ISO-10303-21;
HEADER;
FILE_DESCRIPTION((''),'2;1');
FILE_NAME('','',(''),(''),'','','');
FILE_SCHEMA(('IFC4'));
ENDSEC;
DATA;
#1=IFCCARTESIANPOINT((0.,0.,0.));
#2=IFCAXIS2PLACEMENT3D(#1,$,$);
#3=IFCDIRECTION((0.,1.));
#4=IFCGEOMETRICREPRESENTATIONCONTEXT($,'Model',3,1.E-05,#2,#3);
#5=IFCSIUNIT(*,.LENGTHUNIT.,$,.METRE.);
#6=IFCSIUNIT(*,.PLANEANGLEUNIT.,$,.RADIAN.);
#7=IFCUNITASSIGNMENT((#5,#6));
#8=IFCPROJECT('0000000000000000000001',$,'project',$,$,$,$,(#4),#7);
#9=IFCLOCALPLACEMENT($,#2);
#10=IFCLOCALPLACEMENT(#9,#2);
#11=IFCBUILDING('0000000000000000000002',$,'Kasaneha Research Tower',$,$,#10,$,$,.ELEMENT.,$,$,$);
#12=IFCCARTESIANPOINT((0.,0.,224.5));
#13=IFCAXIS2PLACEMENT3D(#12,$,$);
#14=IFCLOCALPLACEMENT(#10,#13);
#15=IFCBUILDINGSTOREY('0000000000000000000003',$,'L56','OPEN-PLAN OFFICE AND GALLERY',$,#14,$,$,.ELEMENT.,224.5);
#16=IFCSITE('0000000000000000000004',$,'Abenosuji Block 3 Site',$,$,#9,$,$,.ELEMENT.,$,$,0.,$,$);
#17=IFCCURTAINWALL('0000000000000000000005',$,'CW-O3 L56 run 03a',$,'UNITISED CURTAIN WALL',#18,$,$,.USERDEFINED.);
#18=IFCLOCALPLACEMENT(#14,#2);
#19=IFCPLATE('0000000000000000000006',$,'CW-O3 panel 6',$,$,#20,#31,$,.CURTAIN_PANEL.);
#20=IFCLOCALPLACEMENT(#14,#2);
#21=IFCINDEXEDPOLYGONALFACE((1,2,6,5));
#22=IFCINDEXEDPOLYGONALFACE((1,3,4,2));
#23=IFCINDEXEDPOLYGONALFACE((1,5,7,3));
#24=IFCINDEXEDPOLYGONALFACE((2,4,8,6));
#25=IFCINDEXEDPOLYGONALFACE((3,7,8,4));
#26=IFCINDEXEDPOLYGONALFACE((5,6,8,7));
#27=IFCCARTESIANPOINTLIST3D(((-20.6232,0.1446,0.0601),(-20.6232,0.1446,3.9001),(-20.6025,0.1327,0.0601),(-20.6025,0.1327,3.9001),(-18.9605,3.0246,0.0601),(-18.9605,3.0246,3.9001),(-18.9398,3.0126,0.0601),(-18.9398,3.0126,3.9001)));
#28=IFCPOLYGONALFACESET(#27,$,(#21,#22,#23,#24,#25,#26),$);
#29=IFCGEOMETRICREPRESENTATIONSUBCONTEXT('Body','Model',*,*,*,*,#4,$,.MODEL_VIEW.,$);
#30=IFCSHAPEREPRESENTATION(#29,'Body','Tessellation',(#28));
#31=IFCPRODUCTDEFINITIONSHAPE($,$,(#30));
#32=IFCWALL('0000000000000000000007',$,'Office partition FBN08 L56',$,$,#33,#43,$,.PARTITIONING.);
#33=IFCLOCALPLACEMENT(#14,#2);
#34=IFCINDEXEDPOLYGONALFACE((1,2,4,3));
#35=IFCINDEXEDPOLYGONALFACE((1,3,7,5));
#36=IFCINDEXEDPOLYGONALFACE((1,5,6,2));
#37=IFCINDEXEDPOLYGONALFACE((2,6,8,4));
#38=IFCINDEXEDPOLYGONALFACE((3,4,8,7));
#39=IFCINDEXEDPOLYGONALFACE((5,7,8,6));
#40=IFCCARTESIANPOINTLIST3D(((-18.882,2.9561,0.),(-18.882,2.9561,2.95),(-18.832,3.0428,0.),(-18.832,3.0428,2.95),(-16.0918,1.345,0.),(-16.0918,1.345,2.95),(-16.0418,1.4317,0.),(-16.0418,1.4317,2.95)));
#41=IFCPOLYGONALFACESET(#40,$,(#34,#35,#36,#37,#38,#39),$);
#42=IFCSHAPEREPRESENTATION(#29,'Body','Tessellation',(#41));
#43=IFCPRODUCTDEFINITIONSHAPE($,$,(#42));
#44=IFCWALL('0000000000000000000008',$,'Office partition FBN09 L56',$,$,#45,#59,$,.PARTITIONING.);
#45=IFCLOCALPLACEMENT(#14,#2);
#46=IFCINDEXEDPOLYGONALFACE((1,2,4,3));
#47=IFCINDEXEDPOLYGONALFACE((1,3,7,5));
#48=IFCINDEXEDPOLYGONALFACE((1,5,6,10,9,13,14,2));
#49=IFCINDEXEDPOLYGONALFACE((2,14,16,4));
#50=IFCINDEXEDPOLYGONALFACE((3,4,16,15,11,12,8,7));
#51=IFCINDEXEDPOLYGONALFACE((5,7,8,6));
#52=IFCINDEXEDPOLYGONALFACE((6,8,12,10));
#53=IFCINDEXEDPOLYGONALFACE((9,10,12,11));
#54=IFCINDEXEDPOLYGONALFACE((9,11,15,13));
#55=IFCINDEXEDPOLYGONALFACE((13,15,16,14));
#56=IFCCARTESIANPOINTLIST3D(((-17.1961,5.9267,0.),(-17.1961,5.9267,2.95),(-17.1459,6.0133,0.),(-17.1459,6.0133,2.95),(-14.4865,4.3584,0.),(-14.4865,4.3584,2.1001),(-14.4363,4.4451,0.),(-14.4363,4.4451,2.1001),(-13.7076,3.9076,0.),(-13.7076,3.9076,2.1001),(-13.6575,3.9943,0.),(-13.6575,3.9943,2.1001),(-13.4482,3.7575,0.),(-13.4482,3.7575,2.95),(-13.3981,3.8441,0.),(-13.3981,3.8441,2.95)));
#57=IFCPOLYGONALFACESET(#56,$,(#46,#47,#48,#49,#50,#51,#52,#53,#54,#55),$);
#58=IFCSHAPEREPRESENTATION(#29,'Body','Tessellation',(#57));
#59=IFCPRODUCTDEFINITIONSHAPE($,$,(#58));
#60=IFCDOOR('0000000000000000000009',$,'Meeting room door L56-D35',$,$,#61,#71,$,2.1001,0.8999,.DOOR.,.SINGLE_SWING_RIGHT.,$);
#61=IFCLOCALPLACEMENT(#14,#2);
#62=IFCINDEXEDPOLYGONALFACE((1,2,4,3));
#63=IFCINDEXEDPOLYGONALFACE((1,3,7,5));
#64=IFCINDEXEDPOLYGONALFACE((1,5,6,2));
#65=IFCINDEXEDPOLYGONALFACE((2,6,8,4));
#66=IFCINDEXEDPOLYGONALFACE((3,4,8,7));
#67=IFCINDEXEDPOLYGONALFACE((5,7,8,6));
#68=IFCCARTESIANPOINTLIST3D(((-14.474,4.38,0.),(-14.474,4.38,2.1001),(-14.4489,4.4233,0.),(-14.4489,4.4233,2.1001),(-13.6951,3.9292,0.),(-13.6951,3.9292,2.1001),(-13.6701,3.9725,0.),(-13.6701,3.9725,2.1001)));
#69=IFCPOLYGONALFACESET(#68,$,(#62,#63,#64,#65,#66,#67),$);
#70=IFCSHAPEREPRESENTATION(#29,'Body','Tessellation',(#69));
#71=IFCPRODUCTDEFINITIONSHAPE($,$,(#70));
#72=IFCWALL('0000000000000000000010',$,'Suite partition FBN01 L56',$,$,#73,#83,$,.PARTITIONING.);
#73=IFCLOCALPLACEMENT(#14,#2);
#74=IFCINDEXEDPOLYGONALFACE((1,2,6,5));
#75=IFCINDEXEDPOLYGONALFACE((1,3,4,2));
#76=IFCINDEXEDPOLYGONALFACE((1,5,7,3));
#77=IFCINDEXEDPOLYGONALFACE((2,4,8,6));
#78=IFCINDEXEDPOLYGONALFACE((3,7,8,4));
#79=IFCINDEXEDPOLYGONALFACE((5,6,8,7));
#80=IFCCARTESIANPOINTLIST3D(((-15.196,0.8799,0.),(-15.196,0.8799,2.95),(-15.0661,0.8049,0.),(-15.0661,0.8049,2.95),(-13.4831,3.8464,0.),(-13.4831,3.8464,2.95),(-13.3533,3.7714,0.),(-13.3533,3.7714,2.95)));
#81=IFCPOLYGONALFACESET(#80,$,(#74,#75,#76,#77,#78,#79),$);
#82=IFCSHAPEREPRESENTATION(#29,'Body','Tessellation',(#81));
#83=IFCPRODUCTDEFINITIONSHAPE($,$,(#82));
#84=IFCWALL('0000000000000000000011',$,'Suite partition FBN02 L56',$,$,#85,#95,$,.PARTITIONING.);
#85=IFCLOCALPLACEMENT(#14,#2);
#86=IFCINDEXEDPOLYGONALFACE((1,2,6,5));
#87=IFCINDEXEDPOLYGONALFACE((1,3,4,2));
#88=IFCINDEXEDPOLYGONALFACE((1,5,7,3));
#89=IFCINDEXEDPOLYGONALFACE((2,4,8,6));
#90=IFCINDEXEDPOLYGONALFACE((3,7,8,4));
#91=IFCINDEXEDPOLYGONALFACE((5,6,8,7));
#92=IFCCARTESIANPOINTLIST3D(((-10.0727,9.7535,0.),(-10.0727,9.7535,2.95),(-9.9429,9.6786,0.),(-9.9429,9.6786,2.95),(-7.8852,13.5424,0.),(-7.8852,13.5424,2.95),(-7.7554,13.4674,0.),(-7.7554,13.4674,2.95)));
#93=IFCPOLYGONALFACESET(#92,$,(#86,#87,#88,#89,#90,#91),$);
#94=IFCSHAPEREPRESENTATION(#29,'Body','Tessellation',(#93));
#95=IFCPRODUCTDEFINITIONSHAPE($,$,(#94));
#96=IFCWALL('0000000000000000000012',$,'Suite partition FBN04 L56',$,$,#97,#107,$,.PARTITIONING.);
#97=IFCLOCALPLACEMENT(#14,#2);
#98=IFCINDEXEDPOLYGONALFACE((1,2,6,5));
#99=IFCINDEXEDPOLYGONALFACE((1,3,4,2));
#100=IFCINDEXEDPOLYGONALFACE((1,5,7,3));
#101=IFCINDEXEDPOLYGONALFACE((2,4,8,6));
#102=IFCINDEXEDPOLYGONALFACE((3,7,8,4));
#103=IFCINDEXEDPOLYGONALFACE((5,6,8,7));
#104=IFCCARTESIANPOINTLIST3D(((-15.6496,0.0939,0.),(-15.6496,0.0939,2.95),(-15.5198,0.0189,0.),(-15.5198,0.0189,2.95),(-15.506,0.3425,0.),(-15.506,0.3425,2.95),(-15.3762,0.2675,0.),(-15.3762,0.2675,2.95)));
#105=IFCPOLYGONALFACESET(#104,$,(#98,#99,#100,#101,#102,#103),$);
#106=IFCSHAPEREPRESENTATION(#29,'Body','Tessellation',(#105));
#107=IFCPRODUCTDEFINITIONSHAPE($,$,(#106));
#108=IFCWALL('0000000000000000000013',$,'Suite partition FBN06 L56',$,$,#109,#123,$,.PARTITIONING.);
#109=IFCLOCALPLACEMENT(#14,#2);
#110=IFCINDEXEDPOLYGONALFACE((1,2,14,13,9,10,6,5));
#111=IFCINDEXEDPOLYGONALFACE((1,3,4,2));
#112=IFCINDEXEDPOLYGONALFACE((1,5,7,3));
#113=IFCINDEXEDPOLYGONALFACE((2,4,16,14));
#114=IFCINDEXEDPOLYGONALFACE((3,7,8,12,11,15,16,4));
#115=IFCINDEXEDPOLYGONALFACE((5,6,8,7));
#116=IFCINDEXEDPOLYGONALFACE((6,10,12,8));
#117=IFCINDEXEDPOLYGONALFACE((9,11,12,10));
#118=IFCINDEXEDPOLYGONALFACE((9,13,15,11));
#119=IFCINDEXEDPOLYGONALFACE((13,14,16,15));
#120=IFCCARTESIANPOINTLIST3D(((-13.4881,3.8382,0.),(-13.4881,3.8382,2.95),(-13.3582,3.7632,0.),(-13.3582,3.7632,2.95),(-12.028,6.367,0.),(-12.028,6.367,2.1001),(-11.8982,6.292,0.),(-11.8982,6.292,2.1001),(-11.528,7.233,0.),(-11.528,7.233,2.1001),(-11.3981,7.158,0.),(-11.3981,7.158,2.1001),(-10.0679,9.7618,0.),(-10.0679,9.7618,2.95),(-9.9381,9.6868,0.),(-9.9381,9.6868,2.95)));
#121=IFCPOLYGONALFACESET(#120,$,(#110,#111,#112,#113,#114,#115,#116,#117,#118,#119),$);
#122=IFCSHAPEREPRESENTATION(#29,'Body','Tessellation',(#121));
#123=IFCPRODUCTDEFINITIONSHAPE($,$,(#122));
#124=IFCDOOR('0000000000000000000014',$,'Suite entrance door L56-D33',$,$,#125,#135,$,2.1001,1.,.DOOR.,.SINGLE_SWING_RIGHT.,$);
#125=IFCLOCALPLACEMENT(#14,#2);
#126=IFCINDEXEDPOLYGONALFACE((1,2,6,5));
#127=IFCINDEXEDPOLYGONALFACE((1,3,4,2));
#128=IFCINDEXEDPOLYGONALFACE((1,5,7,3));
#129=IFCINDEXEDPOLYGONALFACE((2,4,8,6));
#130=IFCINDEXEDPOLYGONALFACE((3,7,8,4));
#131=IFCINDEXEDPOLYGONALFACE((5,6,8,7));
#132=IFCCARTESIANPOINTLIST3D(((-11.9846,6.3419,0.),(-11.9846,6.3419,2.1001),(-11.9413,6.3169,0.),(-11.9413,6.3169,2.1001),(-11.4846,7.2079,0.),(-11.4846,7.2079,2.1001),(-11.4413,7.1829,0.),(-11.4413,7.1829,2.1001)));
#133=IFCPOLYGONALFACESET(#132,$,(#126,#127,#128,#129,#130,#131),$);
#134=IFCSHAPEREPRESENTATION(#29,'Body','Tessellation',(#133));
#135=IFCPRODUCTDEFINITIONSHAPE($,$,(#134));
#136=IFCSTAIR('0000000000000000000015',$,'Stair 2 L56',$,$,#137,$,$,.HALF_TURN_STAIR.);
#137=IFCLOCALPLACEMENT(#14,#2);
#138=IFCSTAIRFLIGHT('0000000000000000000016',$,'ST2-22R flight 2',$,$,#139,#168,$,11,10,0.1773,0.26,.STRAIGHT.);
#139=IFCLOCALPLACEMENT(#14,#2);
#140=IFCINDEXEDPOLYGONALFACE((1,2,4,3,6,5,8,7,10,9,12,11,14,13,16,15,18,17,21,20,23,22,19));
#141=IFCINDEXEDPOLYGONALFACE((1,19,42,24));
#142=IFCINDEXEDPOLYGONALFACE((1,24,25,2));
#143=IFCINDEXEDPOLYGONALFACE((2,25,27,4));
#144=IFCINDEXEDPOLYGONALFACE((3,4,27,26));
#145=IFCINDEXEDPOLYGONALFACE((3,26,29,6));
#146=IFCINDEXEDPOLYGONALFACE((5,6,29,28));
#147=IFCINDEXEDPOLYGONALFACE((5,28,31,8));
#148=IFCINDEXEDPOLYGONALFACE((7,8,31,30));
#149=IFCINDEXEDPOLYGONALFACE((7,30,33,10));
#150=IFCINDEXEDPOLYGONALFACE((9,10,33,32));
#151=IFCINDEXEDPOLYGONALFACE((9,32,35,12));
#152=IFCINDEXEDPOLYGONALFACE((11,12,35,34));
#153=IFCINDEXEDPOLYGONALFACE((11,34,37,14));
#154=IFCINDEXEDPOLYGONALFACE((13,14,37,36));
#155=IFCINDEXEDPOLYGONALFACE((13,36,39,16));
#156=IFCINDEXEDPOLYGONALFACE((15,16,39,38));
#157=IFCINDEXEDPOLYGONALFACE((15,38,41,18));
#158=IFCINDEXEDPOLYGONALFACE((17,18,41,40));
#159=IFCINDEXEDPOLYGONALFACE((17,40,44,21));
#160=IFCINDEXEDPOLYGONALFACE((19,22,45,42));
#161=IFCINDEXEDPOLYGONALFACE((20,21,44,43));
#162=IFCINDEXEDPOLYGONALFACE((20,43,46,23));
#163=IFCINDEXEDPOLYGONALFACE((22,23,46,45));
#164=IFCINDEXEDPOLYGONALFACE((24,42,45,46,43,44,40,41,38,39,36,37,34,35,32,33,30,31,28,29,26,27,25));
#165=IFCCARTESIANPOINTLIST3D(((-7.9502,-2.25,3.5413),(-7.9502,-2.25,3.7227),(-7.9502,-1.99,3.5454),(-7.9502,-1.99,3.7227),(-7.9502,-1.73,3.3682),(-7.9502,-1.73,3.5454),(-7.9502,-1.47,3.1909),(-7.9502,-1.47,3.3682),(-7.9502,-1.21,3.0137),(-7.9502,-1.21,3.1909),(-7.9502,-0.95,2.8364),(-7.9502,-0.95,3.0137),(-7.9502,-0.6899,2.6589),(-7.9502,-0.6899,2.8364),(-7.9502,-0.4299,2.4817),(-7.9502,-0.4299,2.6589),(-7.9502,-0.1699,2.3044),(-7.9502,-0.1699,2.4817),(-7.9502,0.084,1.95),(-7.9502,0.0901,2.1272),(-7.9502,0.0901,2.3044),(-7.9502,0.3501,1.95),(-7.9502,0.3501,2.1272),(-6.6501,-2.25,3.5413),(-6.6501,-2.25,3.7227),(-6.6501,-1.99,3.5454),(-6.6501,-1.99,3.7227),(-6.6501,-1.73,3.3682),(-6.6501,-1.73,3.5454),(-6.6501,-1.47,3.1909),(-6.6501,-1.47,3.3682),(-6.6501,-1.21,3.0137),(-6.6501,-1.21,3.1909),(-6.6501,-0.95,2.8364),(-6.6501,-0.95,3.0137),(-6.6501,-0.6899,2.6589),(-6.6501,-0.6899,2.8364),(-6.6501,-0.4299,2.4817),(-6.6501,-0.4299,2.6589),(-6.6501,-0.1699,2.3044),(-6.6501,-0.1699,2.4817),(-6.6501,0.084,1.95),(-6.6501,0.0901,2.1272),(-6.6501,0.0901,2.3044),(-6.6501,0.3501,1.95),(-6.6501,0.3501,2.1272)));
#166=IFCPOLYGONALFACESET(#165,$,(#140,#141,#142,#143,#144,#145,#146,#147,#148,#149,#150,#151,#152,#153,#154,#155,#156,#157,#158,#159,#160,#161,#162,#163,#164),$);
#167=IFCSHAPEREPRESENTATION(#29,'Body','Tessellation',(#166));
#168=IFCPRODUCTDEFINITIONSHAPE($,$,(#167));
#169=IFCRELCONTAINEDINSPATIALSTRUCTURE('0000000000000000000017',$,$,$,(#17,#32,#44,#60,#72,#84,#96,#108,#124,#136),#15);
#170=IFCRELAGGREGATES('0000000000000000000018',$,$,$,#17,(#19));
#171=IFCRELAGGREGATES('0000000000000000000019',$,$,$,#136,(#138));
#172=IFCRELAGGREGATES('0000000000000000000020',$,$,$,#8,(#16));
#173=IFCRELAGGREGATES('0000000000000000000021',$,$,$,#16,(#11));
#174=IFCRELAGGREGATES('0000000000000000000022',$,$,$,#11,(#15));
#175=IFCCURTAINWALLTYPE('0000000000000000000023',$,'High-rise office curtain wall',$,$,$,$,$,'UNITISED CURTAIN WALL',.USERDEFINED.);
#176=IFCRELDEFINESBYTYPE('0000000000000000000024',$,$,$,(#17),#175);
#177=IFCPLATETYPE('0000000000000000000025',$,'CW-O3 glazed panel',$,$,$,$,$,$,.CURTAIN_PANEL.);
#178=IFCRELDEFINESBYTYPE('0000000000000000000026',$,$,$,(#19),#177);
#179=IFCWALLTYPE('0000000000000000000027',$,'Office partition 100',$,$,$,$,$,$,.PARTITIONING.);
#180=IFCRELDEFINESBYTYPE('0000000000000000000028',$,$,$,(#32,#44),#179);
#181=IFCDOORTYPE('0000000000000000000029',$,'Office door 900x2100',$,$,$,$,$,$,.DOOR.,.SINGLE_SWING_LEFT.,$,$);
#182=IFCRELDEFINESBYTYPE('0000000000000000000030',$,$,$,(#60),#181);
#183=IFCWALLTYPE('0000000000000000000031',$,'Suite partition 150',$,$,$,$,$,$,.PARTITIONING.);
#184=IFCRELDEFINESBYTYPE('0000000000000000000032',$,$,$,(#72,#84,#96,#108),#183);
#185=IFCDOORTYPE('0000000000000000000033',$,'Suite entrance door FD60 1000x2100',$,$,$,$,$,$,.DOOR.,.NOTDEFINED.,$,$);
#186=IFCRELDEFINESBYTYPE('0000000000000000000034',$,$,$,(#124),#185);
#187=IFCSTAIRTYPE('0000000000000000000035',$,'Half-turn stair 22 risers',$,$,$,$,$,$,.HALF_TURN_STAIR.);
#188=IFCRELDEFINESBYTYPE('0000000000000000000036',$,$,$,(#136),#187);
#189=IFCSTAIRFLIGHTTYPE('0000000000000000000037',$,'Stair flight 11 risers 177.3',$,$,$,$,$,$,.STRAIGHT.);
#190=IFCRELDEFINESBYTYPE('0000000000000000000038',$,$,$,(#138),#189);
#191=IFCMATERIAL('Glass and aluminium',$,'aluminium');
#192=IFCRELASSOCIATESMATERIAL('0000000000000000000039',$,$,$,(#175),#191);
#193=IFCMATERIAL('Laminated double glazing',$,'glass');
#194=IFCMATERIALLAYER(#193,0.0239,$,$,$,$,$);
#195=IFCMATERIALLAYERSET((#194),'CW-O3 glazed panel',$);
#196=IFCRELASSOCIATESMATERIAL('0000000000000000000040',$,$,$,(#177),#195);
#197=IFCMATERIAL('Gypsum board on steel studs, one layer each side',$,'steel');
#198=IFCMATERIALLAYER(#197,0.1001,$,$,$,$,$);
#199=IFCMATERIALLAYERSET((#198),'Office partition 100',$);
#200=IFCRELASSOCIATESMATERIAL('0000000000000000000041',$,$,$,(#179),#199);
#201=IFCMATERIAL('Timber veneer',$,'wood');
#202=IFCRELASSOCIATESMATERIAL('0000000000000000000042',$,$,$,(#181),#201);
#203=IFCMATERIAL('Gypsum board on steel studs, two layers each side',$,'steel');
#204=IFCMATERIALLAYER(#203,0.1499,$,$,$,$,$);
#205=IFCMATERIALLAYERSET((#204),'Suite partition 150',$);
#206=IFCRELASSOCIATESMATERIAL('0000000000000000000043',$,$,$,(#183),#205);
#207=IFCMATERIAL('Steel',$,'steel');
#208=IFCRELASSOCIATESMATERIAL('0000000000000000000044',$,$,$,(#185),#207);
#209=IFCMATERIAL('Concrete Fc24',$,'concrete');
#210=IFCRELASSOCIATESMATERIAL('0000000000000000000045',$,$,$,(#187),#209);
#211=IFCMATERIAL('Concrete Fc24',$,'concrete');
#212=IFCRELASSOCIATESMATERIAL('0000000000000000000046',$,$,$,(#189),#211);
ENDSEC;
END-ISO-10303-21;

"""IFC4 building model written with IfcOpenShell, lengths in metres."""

from ifc_helpers import new_model, si_unit, direction, frame, frame_2d, origin, origin_2d, place, context, subcontext, project, spatial, polyline, rectangle, outline, extrude, material, layer, layer_set, type_object, element, fill, aggregate, save


model = new_model("IFC4")

# Units and contexts
model_context = context("Model", 3, precision=1e-05, world=origin(), true_north=direction((0.0, 1.0)))
body_context = subcontext(model_context, "Body", "Model", "MODEL_VIEW")
ifc_project = project(units=[si_unit("LENGTHUNIT", "METRE"), si_unit("PLANEANGLEUNIT", "RADIAN")], contexts=[model_context])

# Site, building, storey
site_placement = place(None, origin())
site = spatial("IfcSite", under=ifc_project, at=site_placement, Name="Abenosuji Block 3 Site", CompositionType="ELEMENT", RefElevation=0.0)
building_placement = place(site_placement, origin())
building = spatial("IfcBuilding", under=site, at=building_placement, Name="Kasaneha Research Tower", CompositionType="ELEMENT")
storey_placement = place(building_placement, frame((0.0, 0.0, 224.5)))
storey = spatial("IfcBuildingStorey", under=building, at=storey_placement, Name="L56", Description="OPEN-PLAN OFFICE AND GALLERY", CompositionType="ELEMENT", Elevation=224.5)

# Curtain wall
ifc_material_1 = material(Name="Glass and aluminium", Category="aluminium")
curtain_wall_type = type_object("IfcCurtainWallType", Name="High-rise office curtain wall", ElementType="UNITISED CURTAIN WALL", PredefinedType="USERDEFINED", material=ifc_material_1)
curtain_wall_placement = place(storey_placement, origin())
curtain_wall = element("IfcCurtainWall", 1, at=curtain_wall_placement, inside=storey, type_object=curtain_wall_type, Name="CW-O3 L56 run 03a", ObjectType="UNITISED CURTAIN WALL", PredefinedType="USERDEFINED")

# Plate
ifc_material_2 = material(Name="Laminated double glazing", Category="glass")
ifc_layer_1 = layer(ifc_material_2, 0.0239)
ifc_layer_set_1 = layer_set([ifc_layer_1], Name="CW-O3 glazed panel")
plate_type = type_object("IfcPlateType", Name="CW-O3 glazed panel", PredefinedType="CURTAIN_PANEL", material=ifc_layer_set_1)
plate_1_placement = place(storey_placement, frame((-19.7815, 1.5786, 0.0601), z_axis=(0.0, 0.0, 1.0), x_axis=(-0.5, -0.866025, 0.0)))
plate_1 = element("IfcPlate", 2, at=plate_1_placement, type_object=plate_type, Name="CW-O3 panel 6", PredefinedType="CURTAIN_PANEL", context=body_context, shape_type="SweptSolid", body=[
    extrude(rectangle(XDim=3.3254, YDim=0.0239, at=origin_2d()), origin(), (0.0, 0.0, 1.0), 3.8401),
])
aggregate(curtain_wall, [plate_1])

# Wall
ifc_material_3 = material(Name="Gypsum board on steel studs, one layer each side", Category="steel")
ifc_layer_2 = layer(ifc_material_3, 0.1001)
ifc_layer_set_2 = layer_set([ifc_layer_2], Name="Office partition 100")
wall_type_1 = type_object("IfcWallType", Name="Office partition 100", PredefinedType="PARTITIONING", material=ifc_layer_set_2)
wall_1_placement = place(storey_placement, frame((-16.0669, 1.3884, 0.0), z_axis=(0.0, 0.0, 1.0), x_axis=(-0.86601, 0.500026, 0.0)))
element("IfcWall", 3, at=wall_1_placement, inside=storey, type_object=wall_type_1, Name="Office partition FBN08 L56", PredefinedType="PARTITIONING", context=body_context, shape_type="SweptSolid", body=[
    extrude(rectangle(XDim=3.2219, YDim=0.1001, at=frame_2d((1.6108, 0.0))), origin(), (0.0, 0.0, 1.0), 2.95),
])

# Wall, opening, door
wall_2_placement = place(storey_placement, frame((-17.1709, 5.97, 0.0), z_axis=(0.0, 0.0, 1.0), x_axis=(0.865485, -0.500934, 0.0)))
wall_2 = element("IfcWall", 4, at=wall_2_placement, inside=storey, type_object=wall_type_1, Name="Office partition FBN09 L56", PredefinedType="PARTITIONING", context=body_context, shape_type="SweptSolid", body=[
    extrude(rectangle(XDim=4.3303, YDim=0.1001, at=frame_2d((2.165, 0.0))), origin(), (0.0, 0.0, 1.0), 2.95),
])
opening_1_placement = place(wall_2_placement, frame((3.1306, 0.0, 0.0)))
opening_1 = element("IfcOpeningElement", 5, at=opening_1_placement, cuts=wall_2, PredefinedType="OPENING", context=body_context, shape_type="SweptSolid", body=[
    extrude(rectangle(XDim=0.8999, YDim=2.1001, at=frame_2d((0.45, 1.05))), frame((0.0, 0.0601, 0.0), z_axis=(0.0, -1.0, 0.0), x_axis=(1.0, 0.0, 0.0)), (0.0, 0.0, 1.0), 0.1201),
])
ifc_material_4 = material(Name="Timber veneer", Category="wood")
door_type_1 = type_object("IfcDoorType", Name="Office door 900x2100", OperationType="SINGLE_SWING_LEFT", PredefinedType="DOOR", material=ifc_material_4)
door_1_placement = place(opening_1_placement, origin())
door_1 = element("IfcDoor", 6, at=door_1_placement, inside=storey, type_object=door_type_1, Name="Meeting room door L56-D35", OperationType="SINGLE_SWING_RIGHT", OverallHeight=2.1001, OverallWidth=0.8999, PredefinedType="DOOR", context=body_context, shape_type="SweptSolid", body=[
    extrude(rectangle(XDim=0.8999, YDim=2.1001, at=frame_2d((0.45, 1.05))), frame((0.0, 0.0249, 0.0), z_axis=(0.0, -1.0, 0.0), x_axis=(1.0, 0.0, 0.0)), (0.0, 0.0, 1.0), 0.05),
])
fill(opening_1, door_1)

# Walls
ifc_material_5 = material(Name="Gypsum board on steel studs, two layers each side", Category="steel")
ifc_layer_3 = layer(ifc_material_5, 0.1499)
ifc_layer_set_3 = layer_set([ifc_layer_3], Name="Suite partition 150")
wall_type_2 = type_object("IfcWallType", Name="Suite partition 150", PredefinedType="PARTITIONING", material=ifc_layer_set_3)
wall_3_placement = place(storey_placement, frame((-15.1311, 0.8423, 0.0), z_axis=(0.0, 0.0, 1.0), x_axis=(0.500033, 0.866006, 0.0)))
element("IfcWall", 7, at=wall_3_placement, inside=storey, type_object=wall_type_2, Name="Suite partition FBN01 L56", PredefinedType="PARTITIONING", context=body_context, shape_type="SweptSolid", body=[
    extrude(rectangle(XDim=3.4255, YDim=0.1499, at=frame_2d((1.7129, 0.0))), origin(), (0.0, 0.0, 1.0), 2.95),
])
wall_4_placement = place(storey_placement, frame((-10.0078, 9.7161, 0.0), z_axis=(0.0, 0.0, 1.0), x_axis=(0.500004, 0.866023, 0.0)))
element("IfcWall", 8, at=wall_4_placement, inside=storey, type_object=wall_type_2, Name="Suite partition FBN02 L56", PredefinedType="PARTITIONING", context=body_context, shape_type="SweptSolid", body=[
    extrude(rectangle(XDim=4.375, YDim=0.1499, at=frame_2d((2.1875, 0.0))), origin(), (0.0, 0.0, 1.0), 2.95),
])
wall_5_placement = place(storey_placement, frame((-15.5847, 0.0564, 0.0), z_axis=(0.0, 0.0, 1.0), x_axis=(0.500164, 0.865931, 0.0)))
element("IfcWall", 9, at=wall_5_placement, inside=storey, type_object=wall_type_2, Name="Suite partition FBN04 L56", PredefinedType="PARTITIONING", context=body_context, shape_type="SweptSolid", body=[
    extrude(rectangle(XDim=0.2871, YDim=0.1499, at=frame_2d((0.1436, 0.0))), origin(), (0.0, 0.0, 1.0), 2.95),
])

# Wall, opening, door
wall_6_placement = place(storey_placement, frame((-13.4231, 3.8008, 0.0), z_axis=(0.0, 0.0, 1.0), x_axis=(0.50002, 0.866014, 0.0)))
wall_6 = element("IfcWall", 10, at=wall_6_placement, inside=storey, type_object=wall_type_2, Name="Suite partition FBN06 L56", PredefinedType="PARTITIONING", context=body_context, shape_type="SweptSolid", body=[
    extrude(rectangle(XDim=6.8401, YDim=0.1499, at=frame_2d((3.4199, 0.0))), origin(), (0.0, 0.0, 1.0), 2.95),
])
opening_2_placement = place(wall_6_placement, frame((2.9199, 0.0, 0.0)))
opening_2 = element("IfcOpeningElement", 11, at=opening_2_placement, cuts=wall_6, PredefinedType="OPENING", context=body_context, shape_type="SweptSolid", body=[
    extrude(rectangle(XDim=1.0, YDim=2.1001, at=frame_2d((0.5, 1.05))), frame((0.0, 0.085, 0.0), z_axis=(0.0, -1.0, 0.0), x_axis=(1.0, 0.0, 0.0)), (0.0, 0.0, 1.0), 0.1699),
])
ifc_material_6 = material(Name="Steel", Category="steel")
door_type_2 = type_object("IfcDoorType", Name="Suite entrance door FD60 1000x2100", OperationType="NOTDEFINED", PredefinedType="DOOR", material=ifc_material_6)
door_2_placement = place(opening_2_placement, origin())
door_2 = element("IfcDoor", 12, at=door_2_placement, inside=storey, type_object=door_type_2, Name="Suite entrance door L56-D33", OperationType="SINGLE_SWING_RIGHT", OverallHeight=2.1001, OverallWidth=1.0, PredefinedType="DOOR", context=body_context, shape_type="SweptSolid", body=[
    extrude(rectangle(XDim=1.0, YDim=2.1001, at=frame_2d((0.5, 1.05))), frame((0.0, 0.0249, 0.0), z_axis=(0.0, -1.0, 0.0), x_axis=(1.0, 0.0, 0.0)), (0.0, 0.0, 1.0), 0.05),
])
fill(opening_2, door_2)

# Stair, stair flight
ifc_material_7 = material(Name="Concrete Fc24", Category="concrete")
stair_type = type_object("IfcStairType", Name="Half-turn stair 22 risers", PredefinedType="HALF_TURN_STAIR", material=ifc_material_7)
stair_placement = place(storey_placement, origin())
stair = element("IfcStair", 13, at=stair_placement, inside=storey, type_object=stair_type, Name="Stair 2 L56", PredefinedType="HALF_TURN_STAIR")
ifc_material_8 = material(Name="Concrete Fc24", Category="concrete")
stair_flight_type = type_object("IfcStairFlightType", Name="Stair flight 11 risers 177.3", PredefinedType="STRAIGHT", material=ifc_material_8)
stair_flight_placement = place(storey_placement, frame((-7.3, 0.3501, 1.95), z_axis=(0.0, 0.0, 1.0), x_axis=(0.0, -1.0, 0.0)))
stair_flight = element("IfcStairFlight", 14, at=stair_flight_placement, type_object=stair_flight_type, Name="ST2-22R flight 2", NumberOfRisers=11, NumberOfTreads=10, PredefinedType="STRAIGHT", RiserHeight=0.1773, TreadLength=0.26, context=body_context, shape_type="SweptSolid", body=[
    extrude(outline(polyline([(0.0, 0.0), (0.0, 0.1772), (0.26, 0.1772), (0.26, 0.3545), (0.52, 0.3545), (0.52, 0.5317), (0.78, 0.5317), (0.78, 0.709), (1.04, 0.709), (1.04, 0.8865), (1.3, 0.8865), (1.3, 1.0637), (1.5601, 1.0637), (1.5601, 1.241), (1.8201, 1.241), (1.8201, 1.4182), (2.0801, 1.4182), (2.0801, 1.5955), (2.3401, 1.5955), (2.3401, 1.7727), (2.6001, 1.7727), (2.6001, 1.95), (2.6001, 1.5913), (0.2661, 0.0), (0.0, 0.0)])), frame((0.0, 0.6499, 0.0), z_axis=(0.0, -1.0, 0.0), x_axis=(1.0, 0.0, 0.0)), (0.0, 0.0, 1.0), 1.3),
])
aggregate(stair, [stair_flight])

save(model, "model.ifc")
